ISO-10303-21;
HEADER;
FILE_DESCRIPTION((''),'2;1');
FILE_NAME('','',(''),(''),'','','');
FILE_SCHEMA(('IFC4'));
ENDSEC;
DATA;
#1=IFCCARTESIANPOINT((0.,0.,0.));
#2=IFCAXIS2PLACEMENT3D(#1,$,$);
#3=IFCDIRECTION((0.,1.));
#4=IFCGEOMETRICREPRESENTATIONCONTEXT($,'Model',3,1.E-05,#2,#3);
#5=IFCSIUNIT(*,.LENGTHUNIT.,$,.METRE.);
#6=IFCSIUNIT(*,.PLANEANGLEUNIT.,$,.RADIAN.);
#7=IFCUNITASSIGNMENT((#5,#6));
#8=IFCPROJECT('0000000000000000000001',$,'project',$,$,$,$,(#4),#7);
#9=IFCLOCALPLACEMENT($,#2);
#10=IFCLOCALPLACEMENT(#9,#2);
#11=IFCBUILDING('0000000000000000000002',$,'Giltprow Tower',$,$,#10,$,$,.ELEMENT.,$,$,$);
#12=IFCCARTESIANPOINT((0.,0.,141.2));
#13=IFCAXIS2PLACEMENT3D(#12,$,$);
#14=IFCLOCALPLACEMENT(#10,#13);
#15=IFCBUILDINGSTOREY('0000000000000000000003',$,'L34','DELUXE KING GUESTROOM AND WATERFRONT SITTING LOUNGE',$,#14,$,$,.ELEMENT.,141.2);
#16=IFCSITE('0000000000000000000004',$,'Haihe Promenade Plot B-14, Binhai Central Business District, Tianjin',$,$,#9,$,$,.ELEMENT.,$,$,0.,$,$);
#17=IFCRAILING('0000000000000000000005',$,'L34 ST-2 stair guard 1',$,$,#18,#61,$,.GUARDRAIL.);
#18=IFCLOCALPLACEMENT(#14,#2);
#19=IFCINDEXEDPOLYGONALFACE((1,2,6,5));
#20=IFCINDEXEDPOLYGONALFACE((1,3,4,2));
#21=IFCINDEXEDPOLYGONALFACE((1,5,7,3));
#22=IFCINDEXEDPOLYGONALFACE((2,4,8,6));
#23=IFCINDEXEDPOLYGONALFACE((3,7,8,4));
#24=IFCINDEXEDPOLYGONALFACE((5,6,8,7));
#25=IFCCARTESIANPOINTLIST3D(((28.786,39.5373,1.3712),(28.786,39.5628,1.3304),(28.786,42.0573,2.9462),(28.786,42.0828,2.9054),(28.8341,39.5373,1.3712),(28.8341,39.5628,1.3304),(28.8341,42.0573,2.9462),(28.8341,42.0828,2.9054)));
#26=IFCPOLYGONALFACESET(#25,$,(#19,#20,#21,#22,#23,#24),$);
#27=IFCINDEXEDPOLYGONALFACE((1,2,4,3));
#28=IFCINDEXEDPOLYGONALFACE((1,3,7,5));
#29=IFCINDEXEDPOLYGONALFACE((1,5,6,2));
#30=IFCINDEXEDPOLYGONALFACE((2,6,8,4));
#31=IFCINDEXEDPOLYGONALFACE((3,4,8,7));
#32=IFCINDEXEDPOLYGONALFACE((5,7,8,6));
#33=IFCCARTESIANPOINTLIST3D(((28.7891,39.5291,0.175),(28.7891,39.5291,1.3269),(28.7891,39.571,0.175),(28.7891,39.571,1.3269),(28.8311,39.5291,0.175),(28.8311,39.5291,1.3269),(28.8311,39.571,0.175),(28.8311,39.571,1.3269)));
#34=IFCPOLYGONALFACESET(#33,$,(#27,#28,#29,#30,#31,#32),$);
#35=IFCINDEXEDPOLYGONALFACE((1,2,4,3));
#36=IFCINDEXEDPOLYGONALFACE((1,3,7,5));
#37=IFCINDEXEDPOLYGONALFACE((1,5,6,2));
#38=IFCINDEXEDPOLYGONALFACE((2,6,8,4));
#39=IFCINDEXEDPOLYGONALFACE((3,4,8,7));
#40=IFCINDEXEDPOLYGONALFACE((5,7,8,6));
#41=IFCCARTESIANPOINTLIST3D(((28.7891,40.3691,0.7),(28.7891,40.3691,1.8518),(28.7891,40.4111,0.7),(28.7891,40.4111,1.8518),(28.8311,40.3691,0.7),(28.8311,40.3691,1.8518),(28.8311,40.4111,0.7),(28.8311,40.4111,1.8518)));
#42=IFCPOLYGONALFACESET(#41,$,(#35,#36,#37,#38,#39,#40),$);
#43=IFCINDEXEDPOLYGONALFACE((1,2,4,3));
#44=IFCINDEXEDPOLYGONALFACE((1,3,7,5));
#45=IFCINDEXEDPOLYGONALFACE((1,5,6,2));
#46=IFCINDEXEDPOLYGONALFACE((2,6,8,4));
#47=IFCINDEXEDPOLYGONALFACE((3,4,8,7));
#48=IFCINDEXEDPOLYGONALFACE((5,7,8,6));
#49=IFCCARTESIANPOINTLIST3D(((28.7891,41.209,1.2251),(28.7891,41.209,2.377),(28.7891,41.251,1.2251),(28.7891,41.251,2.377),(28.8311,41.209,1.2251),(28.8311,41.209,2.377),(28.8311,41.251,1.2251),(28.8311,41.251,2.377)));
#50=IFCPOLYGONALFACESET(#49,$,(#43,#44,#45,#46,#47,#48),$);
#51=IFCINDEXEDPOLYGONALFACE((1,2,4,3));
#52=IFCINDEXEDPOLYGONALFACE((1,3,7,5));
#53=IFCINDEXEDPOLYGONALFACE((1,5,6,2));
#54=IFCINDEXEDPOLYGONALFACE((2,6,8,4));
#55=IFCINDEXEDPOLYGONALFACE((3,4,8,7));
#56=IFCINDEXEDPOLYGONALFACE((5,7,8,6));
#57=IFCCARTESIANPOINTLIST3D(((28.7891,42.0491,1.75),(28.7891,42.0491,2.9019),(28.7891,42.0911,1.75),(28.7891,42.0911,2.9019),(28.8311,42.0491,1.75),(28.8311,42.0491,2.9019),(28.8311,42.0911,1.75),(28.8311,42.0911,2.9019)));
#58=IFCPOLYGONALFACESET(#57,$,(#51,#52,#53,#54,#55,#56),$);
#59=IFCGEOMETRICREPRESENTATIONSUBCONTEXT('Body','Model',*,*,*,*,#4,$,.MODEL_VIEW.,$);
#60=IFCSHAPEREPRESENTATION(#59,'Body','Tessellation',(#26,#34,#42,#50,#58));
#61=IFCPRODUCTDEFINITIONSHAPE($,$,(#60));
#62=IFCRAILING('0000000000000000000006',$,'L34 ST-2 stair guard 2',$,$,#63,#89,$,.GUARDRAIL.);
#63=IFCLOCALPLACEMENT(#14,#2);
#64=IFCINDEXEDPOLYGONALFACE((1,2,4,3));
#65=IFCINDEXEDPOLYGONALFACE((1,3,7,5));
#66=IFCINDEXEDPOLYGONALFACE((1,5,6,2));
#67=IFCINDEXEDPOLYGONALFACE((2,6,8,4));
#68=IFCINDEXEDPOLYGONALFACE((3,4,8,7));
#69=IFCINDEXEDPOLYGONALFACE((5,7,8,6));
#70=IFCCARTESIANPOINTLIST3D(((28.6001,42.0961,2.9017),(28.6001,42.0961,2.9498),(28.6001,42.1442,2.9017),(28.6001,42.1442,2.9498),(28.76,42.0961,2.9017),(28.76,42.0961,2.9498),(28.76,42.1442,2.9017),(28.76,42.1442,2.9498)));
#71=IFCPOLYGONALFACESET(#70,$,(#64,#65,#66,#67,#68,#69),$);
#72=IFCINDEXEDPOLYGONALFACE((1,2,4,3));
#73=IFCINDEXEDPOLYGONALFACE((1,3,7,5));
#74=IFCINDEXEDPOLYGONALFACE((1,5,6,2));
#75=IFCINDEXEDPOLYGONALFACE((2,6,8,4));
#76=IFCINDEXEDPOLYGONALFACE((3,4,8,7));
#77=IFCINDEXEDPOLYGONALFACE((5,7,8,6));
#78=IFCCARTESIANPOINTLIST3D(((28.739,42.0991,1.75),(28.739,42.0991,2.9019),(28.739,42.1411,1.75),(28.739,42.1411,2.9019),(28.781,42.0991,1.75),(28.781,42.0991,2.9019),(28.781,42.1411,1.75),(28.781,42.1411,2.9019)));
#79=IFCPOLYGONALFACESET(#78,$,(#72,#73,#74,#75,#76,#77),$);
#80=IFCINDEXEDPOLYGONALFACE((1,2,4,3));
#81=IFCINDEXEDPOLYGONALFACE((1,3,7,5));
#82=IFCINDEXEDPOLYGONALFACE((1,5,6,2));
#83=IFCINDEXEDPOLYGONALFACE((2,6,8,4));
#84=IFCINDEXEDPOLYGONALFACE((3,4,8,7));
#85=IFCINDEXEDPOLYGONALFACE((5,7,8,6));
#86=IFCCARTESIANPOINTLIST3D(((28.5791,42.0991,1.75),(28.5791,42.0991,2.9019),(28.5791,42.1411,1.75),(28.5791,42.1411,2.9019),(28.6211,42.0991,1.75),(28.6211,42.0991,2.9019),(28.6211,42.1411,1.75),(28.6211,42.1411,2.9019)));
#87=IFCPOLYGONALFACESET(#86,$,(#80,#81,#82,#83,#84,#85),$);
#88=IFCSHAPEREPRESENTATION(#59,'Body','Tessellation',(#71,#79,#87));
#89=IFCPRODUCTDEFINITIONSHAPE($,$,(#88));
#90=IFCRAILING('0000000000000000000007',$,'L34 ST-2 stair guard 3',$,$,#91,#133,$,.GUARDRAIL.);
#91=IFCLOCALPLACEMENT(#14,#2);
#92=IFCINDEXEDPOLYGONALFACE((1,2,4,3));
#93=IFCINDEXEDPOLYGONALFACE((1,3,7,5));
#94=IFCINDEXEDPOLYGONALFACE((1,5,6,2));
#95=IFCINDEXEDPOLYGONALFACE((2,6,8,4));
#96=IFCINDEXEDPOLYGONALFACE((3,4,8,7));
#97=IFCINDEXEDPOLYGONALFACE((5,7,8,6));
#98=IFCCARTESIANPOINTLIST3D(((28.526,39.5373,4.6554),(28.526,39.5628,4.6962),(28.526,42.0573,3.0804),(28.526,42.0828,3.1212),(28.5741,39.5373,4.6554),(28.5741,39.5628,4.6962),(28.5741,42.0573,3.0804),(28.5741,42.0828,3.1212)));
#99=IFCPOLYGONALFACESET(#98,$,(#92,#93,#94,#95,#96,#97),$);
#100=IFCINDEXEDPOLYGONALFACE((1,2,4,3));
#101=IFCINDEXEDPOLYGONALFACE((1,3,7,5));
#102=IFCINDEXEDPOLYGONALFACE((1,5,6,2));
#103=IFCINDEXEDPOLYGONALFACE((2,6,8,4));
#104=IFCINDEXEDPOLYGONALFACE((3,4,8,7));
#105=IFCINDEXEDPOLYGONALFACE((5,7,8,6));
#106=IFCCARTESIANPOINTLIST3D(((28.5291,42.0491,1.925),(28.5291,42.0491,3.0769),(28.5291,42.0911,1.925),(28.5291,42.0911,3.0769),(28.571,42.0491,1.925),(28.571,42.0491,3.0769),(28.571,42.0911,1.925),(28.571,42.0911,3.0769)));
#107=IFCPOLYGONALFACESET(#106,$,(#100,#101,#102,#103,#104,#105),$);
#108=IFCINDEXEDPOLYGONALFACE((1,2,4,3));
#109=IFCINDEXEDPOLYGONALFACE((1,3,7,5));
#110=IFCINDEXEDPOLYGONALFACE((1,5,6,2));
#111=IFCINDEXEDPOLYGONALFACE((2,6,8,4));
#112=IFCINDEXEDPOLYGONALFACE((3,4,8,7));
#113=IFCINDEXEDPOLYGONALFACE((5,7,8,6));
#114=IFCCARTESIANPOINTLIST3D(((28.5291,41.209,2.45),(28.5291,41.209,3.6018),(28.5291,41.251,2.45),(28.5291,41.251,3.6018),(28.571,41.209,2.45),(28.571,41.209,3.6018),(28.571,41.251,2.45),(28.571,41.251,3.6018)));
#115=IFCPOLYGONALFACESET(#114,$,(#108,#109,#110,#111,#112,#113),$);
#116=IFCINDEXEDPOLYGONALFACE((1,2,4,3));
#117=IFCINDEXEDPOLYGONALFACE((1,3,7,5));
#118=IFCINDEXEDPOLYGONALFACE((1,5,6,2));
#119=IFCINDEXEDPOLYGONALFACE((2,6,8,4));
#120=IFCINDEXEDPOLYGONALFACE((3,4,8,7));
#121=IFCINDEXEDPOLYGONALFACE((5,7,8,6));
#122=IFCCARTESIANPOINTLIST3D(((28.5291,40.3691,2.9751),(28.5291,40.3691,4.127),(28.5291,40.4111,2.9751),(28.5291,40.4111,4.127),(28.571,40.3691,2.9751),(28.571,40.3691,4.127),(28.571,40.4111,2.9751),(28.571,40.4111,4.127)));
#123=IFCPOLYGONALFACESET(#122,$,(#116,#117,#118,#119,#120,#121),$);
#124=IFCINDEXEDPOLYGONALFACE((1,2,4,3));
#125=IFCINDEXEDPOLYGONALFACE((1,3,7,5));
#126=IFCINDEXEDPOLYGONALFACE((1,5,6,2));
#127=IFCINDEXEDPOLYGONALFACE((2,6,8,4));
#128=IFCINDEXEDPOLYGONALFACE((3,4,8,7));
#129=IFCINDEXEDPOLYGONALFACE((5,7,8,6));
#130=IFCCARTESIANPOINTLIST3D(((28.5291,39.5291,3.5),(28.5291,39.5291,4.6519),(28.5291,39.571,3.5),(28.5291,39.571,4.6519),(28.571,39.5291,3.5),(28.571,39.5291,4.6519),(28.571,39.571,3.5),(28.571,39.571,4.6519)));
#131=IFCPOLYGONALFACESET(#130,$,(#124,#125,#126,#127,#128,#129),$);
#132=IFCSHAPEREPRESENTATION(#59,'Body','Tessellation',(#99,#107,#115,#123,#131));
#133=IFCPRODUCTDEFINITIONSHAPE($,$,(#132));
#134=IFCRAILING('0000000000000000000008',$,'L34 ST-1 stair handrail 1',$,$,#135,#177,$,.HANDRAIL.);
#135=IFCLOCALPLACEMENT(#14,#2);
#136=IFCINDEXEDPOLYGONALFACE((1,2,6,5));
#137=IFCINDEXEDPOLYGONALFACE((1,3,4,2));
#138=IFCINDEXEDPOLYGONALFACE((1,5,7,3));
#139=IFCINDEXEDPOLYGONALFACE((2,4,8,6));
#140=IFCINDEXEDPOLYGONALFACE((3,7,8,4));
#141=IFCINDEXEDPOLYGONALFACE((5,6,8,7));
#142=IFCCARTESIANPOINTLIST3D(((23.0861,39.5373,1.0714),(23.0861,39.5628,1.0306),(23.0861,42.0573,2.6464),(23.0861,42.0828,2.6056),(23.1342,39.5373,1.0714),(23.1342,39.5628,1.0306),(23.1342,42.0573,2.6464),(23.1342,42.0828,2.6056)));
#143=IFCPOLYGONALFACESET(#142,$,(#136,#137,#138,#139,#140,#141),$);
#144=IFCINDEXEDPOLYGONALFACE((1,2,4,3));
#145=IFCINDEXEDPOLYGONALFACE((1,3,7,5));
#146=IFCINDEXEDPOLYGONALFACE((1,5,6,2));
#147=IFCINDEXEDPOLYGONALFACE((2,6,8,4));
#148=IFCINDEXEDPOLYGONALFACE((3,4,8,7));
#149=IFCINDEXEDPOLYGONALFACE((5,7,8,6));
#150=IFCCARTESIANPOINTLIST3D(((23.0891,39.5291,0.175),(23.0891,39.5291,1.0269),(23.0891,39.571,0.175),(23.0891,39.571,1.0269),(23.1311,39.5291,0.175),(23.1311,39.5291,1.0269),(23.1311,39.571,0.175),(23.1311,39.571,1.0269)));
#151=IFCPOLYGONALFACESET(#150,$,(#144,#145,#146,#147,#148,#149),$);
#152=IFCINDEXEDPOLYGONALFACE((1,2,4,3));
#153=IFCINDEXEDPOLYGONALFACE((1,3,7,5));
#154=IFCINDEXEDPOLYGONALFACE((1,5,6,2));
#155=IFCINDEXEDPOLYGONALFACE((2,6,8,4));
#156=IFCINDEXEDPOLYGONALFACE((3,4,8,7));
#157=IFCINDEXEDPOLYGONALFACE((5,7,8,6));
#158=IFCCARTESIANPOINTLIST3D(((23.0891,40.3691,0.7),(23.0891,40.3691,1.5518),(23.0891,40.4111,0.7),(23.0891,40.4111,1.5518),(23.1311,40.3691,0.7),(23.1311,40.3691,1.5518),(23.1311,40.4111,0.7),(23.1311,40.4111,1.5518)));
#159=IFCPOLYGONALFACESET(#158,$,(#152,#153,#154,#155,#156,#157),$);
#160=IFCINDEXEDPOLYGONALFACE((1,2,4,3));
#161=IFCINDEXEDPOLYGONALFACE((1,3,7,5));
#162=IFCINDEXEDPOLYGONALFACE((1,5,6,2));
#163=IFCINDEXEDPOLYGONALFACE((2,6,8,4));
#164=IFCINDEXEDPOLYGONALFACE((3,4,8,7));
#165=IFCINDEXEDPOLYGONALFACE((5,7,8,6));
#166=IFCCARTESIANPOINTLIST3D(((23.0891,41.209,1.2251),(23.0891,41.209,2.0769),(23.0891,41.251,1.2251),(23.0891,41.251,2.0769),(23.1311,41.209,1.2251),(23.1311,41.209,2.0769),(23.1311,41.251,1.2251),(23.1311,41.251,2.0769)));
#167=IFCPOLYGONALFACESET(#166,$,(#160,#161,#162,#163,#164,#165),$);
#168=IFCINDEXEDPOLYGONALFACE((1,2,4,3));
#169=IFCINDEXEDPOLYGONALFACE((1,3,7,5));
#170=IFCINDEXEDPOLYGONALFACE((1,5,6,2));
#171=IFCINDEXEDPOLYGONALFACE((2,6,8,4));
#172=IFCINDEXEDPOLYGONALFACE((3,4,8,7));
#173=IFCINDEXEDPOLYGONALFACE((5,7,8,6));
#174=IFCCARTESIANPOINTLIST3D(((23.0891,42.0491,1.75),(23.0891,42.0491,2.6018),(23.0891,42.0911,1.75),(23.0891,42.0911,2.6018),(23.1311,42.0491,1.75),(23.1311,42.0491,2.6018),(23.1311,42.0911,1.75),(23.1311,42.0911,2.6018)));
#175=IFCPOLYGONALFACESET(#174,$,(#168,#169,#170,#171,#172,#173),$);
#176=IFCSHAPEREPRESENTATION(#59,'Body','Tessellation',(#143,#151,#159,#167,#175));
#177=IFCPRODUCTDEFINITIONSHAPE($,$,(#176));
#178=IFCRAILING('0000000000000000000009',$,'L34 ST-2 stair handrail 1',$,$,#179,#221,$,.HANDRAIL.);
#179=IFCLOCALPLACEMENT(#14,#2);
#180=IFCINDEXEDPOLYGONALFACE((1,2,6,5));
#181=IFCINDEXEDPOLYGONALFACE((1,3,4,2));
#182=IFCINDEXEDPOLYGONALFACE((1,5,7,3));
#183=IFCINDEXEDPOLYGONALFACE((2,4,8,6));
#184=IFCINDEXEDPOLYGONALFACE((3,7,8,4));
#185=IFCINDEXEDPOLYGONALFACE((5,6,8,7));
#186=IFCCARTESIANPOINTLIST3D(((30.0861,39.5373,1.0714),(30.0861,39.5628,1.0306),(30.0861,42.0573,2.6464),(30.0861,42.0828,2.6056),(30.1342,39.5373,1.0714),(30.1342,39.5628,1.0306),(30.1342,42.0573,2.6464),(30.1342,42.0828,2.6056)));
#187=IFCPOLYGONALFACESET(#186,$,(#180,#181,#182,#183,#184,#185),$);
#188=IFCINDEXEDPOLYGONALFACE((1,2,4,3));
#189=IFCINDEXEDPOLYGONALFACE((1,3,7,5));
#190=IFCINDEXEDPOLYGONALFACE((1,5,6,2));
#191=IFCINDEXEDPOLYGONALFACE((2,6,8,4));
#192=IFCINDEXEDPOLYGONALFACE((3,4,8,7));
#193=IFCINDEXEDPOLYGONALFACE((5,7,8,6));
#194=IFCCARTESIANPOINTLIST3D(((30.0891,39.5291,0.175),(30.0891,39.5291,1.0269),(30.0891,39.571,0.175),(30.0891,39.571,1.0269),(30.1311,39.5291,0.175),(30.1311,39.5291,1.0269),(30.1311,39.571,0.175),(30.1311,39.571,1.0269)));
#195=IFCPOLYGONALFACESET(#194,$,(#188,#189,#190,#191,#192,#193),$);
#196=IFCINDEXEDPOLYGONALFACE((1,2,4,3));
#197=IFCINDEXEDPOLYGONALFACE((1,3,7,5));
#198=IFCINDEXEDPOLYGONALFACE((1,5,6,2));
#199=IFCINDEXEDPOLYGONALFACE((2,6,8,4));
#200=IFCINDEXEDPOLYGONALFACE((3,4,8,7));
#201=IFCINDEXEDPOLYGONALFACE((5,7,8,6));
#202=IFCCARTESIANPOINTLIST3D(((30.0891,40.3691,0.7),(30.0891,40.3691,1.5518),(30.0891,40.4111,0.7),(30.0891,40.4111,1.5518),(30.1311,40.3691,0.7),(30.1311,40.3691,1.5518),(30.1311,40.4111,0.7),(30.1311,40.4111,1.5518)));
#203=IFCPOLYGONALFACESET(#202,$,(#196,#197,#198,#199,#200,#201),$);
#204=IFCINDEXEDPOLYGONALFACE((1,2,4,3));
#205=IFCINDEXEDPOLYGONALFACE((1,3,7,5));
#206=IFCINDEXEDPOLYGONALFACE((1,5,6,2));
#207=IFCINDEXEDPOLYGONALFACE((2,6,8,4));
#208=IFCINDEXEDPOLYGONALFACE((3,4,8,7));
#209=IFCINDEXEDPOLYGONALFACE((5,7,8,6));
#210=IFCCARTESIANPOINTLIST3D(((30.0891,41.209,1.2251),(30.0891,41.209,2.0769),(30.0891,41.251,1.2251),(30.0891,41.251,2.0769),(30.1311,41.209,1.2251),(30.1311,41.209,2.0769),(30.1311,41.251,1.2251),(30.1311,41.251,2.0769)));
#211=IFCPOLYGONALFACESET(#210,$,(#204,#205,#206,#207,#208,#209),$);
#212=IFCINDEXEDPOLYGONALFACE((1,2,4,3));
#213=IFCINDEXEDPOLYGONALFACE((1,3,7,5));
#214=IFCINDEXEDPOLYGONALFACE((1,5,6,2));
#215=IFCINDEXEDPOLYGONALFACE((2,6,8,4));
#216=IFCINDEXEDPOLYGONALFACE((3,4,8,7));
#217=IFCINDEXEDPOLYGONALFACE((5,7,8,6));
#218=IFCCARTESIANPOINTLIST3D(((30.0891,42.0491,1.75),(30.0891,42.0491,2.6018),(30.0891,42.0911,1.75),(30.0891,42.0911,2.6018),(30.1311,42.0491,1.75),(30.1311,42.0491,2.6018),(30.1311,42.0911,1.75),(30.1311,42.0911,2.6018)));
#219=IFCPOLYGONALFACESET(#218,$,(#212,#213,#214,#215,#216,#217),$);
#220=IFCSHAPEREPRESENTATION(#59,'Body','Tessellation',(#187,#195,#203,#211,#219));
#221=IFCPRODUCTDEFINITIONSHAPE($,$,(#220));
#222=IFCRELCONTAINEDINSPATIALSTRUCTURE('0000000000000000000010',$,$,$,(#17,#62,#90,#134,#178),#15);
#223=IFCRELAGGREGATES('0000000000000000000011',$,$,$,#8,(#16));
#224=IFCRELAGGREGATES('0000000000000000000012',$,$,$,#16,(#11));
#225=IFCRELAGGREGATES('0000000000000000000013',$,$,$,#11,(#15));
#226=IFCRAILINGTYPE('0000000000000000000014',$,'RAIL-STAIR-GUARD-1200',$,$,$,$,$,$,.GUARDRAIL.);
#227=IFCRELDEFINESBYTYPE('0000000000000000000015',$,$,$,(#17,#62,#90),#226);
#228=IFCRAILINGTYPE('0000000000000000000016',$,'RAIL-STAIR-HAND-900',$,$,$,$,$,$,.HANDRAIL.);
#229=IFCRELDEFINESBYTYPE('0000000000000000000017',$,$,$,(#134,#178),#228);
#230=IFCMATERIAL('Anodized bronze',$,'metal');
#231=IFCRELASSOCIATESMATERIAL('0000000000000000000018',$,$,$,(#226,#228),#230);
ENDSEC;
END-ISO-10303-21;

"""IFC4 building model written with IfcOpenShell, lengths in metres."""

from ifc_helpers import new_model, si_unit, direction, frame, origin, origin_2d, place, context, subcontext, project, spatial, rectangle, extrude, material, type_object, element, save


model = new_model("IFC4")

# Units and contexts
model_context = context("Model", 3, precision=1e-05, world=origin(), true_north=direction((0.0, 1.0)))
body_context = subcontext(model_context, "Body", "Model", "MODEL_VIEW")
ifc_project = project(units=[si_unit("LENGTHUNIT", "METRE"), si_unit("PLANEANGLEUNIT", "RADIAN")], contexts=[model_context])

# Site, building, storey
site_placement = place(None, origin())
site = spatial("IfcSite", under=ifc_project, at=site_placement, Name="Haihe Promenade Plot B-14, Binhai Central Business District, Tianjin", CompositionType="ELEMENT", RefElevation=0.0)
building_placement = place(site_placement, origin())
building = spatial("IfcBuilding", under=site, at=building_placement, Name="Giltprow Tower", CompositionType="ELEMENT")
storey_placement = place(building_placement, frame((0.0, 0.0, 141.2)))
storey = spatial("IfcBuildingStorey", under=building, at=storey_placement, Name="L34", Description="DELUXE KING GUESTROOM AND WATERFRONT SITTING LOUNGE", CompositionType="ELEMENT", Elevation=141.2)

# Railings
ifc_material_1 = material(Name="Anodized bronze", Category="metal")
railing_type_1 = type_object("IfcRailingType", Name="RAIL-STAIR-GUARD-1200", PredefinedType="GUARDRAIL", material=ifc_material_1)
railing_1_placement = place(storey_placement, frame((28.8101, 39.55, 0.175)))
element("IfcRailing", 1, at=railing_1_placement, inside=storey, type_object=railing_type_1, Name="L34 ST-2 stair guard 1", PredefinedType="GUARDRAIL", context=body_context, shape_type="SweptSolid", body=[
    extrude(rectangle(XDim=0.0481, YDim=0.0481, at=origin_2d()), frame((0.0, 0.0, 1.1758), z_axis=(0.0, 0.848008, 0.529984), x_axis=(-1.0, 0.0, 0.0)), (0.0, 0.0, 1.0), 2.9717),
    extrude(rectangle(XDim=0.042, YDim=0.042, at=origin_2d()), origin(), (0.0, 0.0, 1.0), 1.1519),
    extrude(rectangle(XDim=0.042, YDim=0.042, at=origin_2d()), frame((0.0, 0.8401, 0.5249)), (0.0, 0.0, 1.0), 1.1519),
    extrude(rectangle(XDim=0.042, YDim=0.042, at=origin_2d()), frame((0.0, 1.6799, 1.05)), (0.0, 0.0, 1.0), 1.1519),
    extrude(rectangle(XDim=0.042, YDim=0.042, at=origin_2d()), frame((0.0, 2.52, 1.575)), (0.0, 0.0, 1.0), 1.1519),
])
railing_2_placement = place(storey_placement, frame((28.76, 42.1201, 1.75)))
element("IfcRailing", 2, at=railing_2_placement, inside=storey, type_object=railing_type_1, Name="L34 ST-2 stair guard 2", PredefinedType="GUARDRAIL", context=body_context, shape_type="SweptSolid", body=[
    extrude(rectangle(XDim=0.0481, YDim=0.0481, at=origin_2d()), frame((0.0, 0.0, 1.1758), z_axis=(-1.0, 0.0, 0.0), x_axis=(0.0, -1.0, 0.0)), (0.0, 0.0, 1.0), 0.1599),
    extrude(rectangle(XDim=0.042, YDim=0.042, at=origin_2d()), origin(), (0.0, 0.0, 1.0), 1.1519),
    extrude(rectangle(XDim=0.042, YDim=0.042, at=origin_2d()), frame((-0.1599, 0.0, 0.0)), (0.0, 0.0, 1.0), 1.1519),
])
railing_3_placement = place(storey_placement, frame((28.55, 42.0701, 1.925)))
element("IfcRailing", 3, at=railing_3_placement, inside=storey, type_object=railing_type_1, Name="L34 ST-2 stair guard 3", PredefinedType="GUARDRAIL", context=body_context, shape_type="SweptSolid", body=[
    extrude(rectangle(XDim=0.0481, YDim=0.0481, at=origin_2d()), frame((0.0, 0.0, 1.1758), z_axis=(0.0, -0.848008, 0.529984), x_axis=(1.0, 0.0, 0.0)), (0.0, 0.0, 1.0), 2.9717),
    extrude(rectangle(XDim=0.042, YDim=0.042, at=origin_2d()), origin(), (0.0, 0.0, 1.0), 1.1519),
    extrude(rectangle(XDim=0.042, YDim=0.042, at=origin_2d()), frame((0.0, -0.8401, 0.5249)), (0.0, 0.0, 1.0), 1.1519),
    extrude(rectangle(XDim=0.042, YDim=0.042, at=origin_2d()), frame((0.0, -1.6799, 1.05)), (0.0, 0.0, 1.0), 1.1519),
    extrude(rectangle(XDim=0.042, YDim=0.042, at=origin_2d()), frame((0.0, -2.52, 1.575)), (0.0, 0.0, 1.0), 1.1519),
])
railing_type_2 = type_object("IfcRailingType", Name="RAIL-STAIR-HAND-900", PredefinedType="HANDRAIL", material=ifc_material_1)
for number, where, name in (
    (4, (23.1101, 39.55, 0.175), "L34 ST-1 stair handrail 1"),
    (5, (30.1101, 39.55, 0.175), "L34 ST-2 stair handrail 1"),
):
    element("IfcRailing", number, at=place(storey_placement, frame(where)), inside=storey, type_object=railing_type_2, Name=name, PredefinedType="HANDRAIL", context=body_context, shape_type="SweptSolid", body=[
        extrude(rectangle(XDim=0.0481, YDim=0.0481, at=origin_2d()), frame((0.0, 0.0, 0.876), z_axis=(0.0, 0.848008, 0.529984), x_axis=(-1.0, 0.0, 0.0)), (0.0, 0.0, 1.0), 2.9717),
        extrude(rectangle(XDim=0.042, YDim=0.042, at=origin_2d()), origin(), (0.0, 0.0, 1.0), 0.8518),
        extrude(rectangle(XDim=0.042, YDim=0.042, at=origin_2d()), frame((0.0, 0.8401, 0.5249)), (0.0, 0.0, 1.0), 0.8518),
        extrude(rectangle(XDim=0.042, YDim=0.042, at=origin_2d()), frame((0.0, 1.6799, 1.05)), (0.0, 0.0, 1.0), 0.8518),
        extrude(rectangle(XDim=0.042, YDim=0.042, at=origin_2d()), frame((0.0, 2.52, 1.575)), (0.0, 0.0, 1.0), 0.8518),
    ])

save(model, "model.ifc")
